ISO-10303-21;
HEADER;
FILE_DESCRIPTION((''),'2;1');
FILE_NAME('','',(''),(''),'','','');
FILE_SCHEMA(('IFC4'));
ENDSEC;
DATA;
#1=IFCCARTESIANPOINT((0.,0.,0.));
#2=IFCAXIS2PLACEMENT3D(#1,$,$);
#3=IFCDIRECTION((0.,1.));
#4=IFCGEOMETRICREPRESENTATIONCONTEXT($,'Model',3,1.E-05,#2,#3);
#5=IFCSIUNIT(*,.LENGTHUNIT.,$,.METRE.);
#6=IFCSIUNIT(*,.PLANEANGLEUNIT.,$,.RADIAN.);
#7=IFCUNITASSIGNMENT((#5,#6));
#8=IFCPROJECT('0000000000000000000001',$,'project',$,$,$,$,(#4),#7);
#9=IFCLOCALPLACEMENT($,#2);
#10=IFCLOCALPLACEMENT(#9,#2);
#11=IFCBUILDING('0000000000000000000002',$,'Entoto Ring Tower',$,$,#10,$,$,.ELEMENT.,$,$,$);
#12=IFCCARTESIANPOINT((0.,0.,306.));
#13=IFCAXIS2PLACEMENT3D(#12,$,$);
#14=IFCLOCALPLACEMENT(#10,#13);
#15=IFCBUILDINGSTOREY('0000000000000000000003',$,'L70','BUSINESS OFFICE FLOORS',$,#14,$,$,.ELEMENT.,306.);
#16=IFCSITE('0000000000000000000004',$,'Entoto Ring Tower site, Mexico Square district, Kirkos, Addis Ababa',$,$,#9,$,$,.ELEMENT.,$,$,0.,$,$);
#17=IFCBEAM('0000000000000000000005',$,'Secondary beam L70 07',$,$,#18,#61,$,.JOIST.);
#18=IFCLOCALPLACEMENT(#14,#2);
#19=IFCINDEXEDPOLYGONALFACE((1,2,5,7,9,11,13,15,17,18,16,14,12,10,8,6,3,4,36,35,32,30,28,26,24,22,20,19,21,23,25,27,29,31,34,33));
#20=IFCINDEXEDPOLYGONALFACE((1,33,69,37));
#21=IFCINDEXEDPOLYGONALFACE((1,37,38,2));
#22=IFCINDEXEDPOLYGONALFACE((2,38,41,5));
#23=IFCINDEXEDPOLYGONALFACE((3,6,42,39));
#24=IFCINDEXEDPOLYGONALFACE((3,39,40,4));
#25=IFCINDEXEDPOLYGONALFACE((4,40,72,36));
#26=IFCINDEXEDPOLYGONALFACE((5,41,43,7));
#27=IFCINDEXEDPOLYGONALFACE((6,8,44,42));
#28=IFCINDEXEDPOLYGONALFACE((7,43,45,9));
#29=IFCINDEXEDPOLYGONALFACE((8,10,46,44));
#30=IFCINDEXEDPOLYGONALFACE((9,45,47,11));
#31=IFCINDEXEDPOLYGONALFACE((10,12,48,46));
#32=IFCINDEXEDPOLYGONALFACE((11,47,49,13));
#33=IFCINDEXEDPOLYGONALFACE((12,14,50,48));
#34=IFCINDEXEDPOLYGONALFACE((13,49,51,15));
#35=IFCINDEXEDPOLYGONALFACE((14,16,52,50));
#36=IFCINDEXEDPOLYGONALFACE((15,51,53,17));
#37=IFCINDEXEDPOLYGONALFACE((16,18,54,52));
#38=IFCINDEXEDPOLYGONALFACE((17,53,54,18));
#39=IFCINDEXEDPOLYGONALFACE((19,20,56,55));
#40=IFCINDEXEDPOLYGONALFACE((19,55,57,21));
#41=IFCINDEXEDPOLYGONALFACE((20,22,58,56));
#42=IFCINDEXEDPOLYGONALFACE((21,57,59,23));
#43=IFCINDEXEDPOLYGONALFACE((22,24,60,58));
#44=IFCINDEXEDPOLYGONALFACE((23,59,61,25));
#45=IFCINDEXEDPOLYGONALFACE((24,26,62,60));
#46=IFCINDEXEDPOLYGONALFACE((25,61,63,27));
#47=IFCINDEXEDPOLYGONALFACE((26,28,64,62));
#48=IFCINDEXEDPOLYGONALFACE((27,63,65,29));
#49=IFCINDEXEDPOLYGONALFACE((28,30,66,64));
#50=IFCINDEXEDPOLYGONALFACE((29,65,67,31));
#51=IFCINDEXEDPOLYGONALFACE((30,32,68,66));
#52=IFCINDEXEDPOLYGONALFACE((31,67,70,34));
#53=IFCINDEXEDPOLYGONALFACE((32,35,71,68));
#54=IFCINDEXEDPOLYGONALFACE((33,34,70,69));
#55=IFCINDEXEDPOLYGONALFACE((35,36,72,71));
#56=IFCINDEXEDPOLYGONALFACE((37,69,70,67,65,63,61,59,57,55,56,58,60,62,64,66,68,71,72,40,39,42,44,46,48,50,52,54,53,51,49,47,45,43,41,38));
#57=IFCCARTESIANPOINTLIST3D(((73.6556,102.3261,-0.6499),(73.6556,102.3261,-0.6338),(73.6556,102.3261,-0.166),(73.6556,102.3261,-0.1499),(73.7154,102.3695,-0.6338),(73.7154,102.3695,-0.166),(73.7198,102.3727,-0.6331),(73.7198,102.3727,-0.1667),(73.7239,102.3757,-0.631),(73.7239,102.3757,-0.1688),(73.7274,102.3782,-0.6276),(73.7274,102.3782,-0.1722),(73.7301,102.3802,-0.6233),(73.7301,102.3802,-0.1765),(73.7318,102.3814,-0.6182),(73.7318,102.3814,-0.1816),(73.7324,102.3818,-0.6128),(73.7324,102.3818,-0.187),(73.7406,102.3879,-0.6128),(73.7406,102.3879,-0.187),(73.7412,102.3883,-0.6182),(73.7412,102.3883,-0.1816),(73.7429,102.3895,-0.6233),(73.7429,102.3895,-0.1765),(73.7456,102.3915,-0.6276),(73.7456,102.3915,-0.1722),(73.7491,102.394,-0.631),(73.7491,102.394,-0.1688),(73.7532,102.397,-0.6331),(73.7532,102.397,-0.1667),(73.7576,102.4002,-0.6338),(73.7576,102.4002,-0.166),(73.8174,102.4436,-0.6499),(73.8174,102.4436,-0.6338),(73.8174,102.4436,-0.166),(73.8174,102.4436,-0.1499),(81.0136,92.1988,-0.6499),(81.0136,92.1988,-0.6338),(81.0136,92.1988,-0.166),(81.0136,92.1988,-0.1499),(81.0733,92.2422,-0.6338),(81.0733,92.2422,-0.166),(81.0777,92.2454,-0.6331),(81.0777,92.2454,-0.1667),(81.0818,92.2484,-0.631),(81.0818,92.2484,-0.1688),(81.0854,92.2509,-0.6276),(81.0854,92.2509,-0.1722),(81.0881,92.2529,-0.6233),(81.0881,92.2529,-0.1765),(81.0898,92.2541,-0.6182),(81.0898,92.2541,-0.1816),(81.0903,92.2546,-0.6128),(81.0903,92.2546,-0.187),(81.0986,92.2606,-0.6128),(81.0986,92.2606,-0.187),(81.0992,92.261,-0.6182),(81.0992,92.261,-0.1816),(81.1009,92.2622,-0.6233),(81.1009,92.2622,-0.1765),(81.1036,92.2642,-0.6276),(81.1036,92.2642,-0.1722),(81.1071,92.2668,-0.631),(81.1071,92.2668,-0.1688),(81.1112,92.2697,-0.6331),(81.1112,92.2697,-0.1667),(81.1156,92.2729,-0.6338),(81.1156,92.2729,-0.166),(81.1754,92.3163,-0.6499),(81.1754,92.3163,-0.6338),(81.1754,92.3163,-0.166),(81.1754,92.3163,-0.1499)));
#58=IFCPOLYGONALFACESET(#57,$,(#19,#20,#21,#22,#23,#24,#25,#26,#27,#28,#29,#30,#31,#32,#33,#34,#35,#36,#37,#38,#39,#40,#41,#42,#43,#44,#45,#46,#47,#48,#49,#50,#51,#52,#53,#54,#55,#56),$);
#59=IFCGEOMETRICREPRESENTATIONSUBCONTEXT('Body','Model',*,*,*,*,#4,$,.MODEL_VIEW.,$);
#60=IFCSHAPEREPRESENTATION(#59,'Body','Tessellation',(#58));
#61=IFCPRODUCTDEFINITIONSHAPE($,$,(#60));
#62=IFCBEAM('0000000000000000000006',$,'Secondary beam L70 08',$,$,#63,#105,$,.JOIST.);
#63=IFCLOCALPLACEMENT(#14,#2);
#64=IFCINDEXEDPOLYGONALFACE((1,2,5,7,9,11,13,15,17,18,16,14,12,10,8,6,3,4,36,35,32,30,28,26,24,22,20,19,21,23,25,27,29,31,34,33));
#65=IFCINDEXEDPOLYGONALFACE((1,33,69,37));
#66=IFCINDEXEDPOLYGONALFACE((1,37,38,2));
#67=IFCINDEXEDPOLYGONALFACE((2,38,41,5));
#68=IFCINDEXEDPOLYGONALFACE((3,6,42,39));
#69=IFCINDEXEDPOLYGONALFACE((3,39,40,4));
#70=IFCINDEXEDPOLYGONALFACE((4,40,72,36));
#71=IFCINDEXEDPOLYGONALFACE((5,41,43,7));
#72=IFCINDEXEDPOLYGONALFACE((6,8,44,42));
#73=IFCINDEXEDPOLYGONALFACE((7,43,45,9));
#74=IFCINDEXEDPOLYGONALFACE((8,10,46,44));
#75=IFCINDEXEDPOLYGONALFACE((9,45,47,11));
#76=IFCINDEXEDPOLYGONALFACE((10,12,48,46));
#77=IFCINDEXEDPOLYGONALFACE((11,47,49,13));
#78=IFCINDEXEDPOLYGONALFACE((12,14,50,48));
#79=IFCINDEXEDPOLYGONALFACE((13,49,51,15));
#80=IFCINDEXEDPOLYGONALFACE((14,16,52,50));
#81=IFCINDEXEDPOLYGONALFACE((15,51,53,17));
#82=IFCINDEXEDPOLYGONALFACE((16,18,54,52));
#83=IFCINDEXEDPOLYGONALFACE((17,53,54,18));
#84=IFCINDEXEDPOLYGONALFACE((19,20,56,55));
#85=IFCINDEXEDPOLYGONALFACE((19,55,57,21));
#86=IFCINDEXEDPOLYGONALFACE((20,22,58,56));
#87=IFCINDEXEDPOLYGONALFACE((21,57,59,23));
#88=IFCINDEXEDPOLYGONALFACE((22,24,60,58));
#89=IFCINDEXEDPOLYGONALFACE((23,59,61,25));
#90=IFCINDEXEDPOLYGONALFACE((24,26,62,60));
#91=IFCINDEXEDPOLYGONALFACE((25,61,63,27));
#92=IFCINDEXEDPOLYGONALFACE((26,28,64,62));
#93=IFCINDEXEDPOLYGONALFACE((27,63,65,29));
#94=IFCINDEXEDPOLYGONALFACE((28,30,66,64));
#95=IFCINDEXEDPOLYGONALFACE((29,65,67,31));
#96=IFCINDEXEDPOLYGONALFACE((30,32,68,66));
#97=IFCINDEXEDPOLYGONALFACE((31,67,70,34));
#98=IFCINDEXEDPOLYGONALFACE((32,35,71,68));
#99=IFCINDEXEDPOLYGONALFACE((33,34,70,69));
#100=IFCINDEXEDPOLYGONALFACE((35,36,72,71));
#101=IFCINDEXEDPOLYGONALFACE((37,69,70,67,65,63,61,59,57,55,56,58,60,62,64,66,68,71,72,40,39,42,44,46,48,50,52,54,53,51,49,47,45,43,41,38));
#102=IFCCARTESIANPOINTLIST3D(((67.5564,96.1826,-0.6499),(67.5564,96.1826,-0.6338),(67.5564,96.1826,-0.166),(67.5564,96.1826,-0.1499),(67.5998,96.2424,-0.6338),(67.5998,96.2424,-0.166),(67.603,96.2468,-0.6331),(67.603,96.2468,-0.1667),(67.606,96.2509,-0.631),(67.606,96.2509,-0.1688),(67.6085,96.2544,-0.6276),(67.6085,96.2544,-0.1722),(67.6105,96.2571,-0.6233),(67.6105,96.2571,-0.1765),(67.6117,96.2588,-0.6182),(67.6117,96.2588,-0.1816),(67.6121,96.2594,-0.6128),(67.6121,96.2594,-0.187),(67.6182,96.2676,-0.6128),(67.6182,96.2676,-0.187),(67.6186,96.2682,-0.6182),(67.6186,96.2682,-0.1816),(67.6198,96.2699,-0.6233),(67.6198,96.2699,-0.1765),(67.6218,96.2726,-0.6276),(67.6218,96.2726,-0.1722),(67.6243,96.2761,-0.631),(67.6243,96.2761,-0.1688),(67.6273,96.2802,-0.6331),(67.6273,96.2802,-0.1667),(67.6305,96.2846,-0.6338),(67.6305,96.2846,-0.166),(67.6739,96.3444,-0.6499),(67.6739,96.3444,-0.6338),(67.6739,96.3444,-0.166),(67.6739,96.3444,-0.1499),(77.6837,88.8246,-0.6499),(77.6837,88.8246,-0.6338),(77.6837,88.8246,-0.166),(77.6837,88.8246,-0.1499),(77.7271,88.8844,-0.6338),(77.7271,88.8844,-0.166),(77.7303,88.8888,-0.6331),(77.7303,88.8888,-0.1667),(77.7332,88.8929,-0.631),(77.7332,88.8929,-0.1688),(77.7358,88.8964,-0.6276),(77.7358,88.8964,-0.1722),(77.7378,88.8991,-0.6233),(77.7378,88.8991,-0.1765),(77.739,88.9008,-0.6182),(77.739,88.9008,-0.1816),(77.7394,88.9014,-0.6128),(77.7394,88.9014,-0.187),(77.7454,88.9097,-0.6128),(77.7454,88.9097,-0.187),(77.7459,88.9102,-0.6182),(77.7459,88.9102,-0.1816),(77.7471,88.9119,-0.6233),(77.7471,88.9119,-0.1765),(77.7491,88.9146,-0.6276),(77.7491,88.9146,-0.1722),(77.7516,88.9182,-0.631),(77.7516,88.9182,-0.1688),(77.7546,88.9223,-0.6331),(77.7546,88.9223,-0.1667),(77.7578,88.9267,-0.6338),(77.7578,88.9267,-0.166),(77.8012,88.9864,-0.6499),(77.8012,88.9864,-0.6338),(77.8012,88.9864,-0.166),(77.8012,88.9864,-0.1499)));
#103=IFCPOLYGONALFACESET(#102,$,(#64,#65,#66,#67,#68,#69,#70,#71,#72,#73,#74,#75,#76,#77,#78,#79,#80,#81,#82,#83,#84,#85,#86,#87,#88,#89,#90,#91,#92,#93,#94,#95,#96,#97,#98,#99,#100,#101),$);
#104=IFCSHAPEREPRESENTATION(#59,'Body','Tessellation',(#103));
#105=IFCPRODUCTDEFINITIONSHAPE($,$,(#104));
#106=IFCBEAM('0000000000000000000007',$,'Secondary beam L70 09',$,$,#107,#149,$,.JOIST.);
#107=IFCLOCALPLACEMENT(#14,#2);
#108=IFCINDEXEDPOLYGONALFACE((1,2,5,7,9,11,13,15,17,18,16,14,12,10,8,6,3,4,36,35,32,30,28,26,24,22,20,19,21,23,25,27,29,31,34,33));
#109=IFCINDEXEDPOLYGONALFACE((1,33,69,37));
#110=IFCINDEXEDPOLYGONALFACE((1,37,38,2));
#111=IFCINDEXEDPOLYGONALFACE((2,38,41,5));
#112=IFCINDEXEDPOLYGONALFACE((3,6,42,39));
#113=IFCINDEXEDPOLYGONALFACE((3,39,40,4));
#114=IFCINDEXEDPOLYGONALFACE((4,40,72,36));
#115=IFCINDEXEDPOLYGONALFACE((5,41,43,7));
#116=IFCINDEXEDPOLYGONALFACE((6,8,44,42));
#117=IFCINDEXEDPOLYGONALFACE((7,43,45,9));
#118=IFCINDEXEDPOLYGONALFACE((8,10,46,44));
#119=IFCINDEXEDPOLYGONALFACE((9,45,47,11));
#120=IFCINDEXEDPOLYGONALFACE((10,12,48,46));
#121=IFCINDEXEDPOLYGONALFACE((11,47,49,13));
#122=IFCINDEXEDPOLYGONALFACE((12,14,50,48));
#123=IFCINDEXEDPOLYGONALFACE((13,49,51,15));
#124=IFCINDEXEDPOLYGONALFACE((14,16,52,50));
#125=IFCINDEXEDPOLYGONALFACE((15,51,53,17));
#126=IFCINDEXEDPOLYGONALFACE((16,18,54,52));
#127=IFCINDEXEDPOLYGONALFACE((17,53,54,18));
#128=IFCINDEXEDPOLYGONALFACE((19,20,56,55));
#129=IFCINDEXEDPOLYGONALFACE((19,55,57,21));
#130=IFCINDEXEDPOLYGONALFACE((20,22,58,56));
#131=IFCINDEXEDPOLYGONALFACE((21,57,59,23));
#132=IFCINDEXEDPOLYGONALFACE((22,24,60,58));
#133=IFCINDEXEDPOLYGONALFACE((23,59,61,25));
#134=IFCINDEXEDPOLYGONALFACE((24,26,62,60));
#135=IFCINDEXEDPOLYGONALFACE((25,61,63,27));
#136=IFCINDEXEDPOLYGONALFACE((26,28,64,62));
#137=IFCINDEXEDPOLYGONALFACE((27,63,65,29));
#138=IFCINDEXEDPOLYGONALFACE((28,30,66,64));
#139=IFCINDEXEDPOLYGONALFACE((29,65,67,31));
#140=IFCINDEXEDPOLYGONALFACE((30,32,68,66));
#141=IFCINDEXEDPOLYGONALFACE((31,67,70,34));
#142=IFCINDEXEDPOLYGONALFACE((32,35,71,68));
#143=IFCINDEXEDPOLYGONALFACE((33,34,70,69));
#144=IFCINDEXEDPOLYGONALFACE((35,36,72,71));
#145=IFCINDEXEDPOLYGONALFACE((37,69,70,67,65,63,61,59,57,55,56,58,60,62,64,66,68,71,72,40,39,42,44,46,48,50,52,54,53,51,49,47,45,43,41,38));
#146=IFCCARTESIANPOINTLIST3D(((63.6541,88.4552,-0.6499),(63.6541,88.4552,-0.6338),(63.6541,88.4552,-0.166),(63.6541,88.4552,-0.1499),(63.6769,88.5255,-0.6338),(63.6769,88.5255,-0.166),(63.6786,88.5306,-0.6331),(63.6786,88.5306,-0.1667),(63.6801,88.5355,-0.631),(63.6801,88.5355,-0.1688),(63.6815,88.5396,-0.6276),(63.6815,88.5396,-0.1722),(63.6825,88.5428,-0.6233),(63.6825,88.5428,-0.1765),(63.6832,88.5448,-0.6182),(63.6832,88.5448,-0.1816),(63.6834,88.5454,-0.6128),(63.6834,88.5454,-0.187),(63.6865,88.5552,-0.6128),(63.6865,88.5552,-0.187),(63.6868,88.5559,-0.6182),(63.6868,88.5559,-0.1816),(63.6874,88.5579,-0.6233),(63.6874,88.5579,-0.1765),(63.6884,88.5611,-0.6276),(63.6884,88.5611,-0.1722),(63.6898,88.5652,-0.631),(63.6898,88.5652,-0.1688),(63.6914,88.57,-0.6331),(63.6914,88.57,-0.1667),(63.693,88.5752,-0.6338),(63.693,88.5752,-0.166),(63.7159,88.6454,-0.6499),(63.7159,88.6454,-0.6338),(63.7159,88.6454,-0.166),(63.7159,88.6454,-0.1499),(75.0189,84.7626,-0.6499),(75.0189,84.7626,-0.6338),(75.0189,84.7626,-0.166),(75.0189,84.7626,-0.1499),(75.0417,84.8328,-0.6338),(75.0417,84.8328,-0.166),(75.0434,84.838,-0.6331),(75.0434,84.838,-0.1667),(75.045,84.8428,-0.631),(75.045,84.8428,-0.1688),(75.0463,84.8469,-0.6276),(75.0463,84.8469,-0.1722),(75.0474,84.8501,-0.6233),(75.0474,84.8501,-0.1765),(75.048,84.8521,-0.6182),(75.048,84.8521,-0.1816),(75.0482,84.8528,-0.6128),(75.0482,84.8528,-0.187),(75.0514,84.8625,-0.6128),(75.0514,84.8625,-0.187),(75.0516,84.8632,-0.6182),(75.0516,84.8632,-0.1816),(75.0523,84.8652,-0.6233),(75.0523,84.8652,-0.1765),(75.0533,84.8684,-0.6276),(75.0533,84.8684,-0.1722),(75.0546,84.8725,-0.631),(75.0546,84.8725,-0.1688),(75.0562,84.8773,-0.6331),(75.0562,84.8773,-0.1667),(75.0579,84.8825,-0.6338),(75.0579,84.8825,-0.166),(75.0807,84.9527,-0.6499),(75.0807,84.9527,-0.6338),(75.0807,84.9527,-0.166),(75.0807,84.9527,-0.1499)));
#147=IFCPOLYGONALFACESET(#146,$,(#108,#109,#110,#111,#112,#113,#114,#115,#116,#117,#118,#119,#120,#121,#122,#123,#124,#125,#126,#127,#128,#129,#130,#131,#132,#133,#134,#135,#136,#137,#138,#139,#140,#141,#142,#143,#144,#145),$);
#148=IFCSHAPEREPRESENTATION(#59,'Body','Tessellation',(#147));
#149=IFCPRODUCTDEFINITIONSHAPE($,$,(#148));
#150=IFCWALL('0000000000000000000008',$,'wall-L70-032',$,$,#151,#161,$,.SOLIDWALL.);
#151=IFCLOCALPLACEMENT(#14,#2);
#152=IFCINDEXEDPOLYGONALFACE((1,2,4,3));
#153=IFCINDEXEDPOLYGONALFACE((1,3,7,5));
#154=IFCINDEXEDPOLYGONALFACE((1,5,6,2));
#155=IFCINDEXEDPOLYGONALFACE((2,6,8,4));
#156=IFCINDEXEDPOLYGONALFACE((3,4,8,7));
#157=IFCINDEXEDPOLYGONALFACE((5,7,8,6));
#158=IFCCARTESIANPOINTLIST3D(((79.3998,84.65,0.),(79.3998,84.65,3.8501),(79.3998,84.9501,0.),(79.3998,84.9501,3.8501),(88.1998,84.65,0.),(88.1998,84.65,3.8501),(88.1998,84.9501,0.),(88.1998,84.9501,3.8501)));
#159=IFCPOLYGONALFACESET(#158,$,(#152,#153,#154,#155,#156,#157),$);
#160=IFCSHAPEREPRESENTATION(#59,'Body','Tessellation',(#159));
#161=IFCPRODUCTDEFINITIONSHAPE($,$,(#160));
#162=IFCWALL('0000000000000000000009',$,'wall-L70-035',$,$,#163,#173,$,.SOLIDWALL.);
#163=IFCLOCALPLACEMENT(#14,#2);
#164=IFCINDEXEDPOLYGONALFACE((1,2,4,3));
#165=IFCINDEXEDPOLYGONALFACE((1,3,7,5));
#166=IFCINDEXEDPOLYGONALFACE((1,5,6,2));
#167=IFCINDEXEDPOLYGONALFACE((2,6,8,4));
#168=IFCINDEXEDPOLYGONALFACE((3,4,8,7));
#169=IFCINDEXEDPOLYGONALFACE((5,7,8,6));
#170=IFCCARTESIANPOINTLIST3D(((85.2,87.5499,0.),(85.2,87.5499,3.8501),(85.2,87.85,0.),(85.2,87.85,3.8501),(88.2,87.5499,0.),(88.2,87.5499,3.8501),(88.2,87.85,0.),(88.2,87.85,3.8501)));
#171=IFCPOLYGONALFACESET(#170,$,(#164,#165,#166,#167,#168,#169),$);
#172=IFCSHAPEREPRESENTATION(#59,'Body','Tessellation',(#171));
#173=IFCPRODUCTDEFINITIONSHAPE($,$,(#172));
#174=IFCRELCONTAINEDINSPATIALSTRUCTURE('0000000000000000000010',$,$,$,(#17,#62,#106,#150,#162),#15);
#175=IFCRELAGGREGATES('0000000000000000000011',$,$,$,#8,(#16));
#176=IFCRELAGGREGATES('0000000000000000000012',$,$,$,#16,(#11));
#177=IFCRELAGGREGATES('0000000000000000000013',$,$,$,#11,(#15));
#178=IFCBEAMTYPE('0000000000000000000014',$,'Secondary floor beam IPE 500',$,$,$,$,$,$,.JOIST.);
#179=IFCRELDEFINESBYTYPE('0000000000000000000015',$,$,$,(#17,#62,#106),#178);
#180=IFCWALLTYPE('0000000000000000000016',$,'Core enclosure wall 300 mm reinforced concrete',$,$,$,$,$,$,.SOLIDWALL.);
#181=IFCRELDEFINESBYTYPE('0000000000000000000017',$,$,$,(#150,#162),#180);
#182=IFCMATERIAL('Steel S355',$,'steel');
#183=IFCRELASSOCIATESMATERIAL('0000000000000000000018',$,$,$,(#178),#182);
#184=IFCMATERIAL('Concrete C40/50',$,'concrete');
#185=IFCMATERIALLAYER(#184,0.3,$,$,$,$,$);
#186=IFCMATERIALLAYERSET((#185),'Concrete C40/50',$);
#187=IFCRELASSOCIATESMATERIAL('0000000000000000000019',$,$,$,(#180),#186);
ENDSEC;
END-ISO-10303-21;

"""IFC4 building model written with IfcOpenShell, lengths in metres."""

from ifc_helpers import new_model, si_unit, direction, frame, frame_2d, origin, origin_2d, place, context, subcontext, project, spatial, rectangle, i_section, extrude, material, layer, layer_set, material_profile, profile_set, type_object, element, save


model = new_model("IFC4")

# Units and contexts
model_context = context("Model", 3, precision=1e-05, world=origin(), true_north=direction((0.0, 1.0)))
body_context = subcontext(model_context, "Body", "Model", "MODEL_VIEW")
ifc_project = project(units=[si_unit("LENGTHUNIT", "METRE"), si_unit("PLANEANGLEUNIT", "RADIAN")], contexts=[model_context])

# Site, building, storey
site_placement = place(None, origin())
site = spatial("IfcSite", under=ifc_project, at=site_placement, Name="Entoto Ring Tower site, Mexico Square district, Kirkos, Addis Ababa", CompositionType="ELEMENT", RefElevation=0.0)
building_placement = place(site_placement, origin())
building = spatial("IfcBuilding", under=site, at=building_placement, Name="Entoto Ring Tower", CompositionType="ELEMENT")
storey_placement = place(building_placement, frame((0.0, 0.0, 306.0)))
storey = spatial("IfcBuildingStorey", under=building, at=storey_placement, Name="L70", Description="BUSINESS OFFICE FLOORS", CompositionType="ELEMENT", Elevation=306.0)

# Beams
ifc_material_1 = material(Name="Steel S355", Category="steel")
ifc_material_profile_1 = material_profile(ifc_material_1, i_section(OverallWidth=0.2, OverallDepth=0.5, WebThickness=0.0103, FlangeThickness=0.0161, FilletRadius=0.021, at=origin_2d()), Name="IPE 500")
ifc_profile_set_1 = profile_set([ifc_material_profile_1], Name="Steel S355")
beam_type_1 = type_object("IfcBeamType", Name="Secondary floor beam IPE 500", PredefinedType="JOIST", material=ifc_profile_set_1)
for number, where, z_axis, x_axis, name in (
    (1, (81.0945, 92.2576, -0.3999), (-0.587789, 0.809014, 0.0), (-0.809014, -0.587789, 0.0), "Secondary beam L70 07"),
    (2, (77.7424, 88.9055, -0.3999), (-0.809014, 0.587789, 0.0), (-0.587789, -0.809014, 0.0), "Secondary beam L70 08"),
):
    element("IfcBeam", number, at=place(storey_placement, frame(where, z_axis=z_axis, x_axis=x_axis)), inside=storey, type_object=beam_type_1, Name=name, PredefinedType="JOIST", context=body_context, shape_type="SweptSolid", body=[
        extrude(i_section(OverallWidth=0.2, OverallDepth=0.5, WebThickness=0.0103, FlangeThickness=0.0161, FilletRadius=0.021, at=origin_2d()), origin(), (0.0, 0.0, 1.0), 12.5181),
    ])
beam_1_placement = place(storey_placement, frame((75.0498, 84.8577, -0.3999), z_axis=(-0.951057, 0.309017, 0.0), x_axis=(-0.309017, -0.951057, 0.0)))
element("IfcBeam", 3, at=beam_1_placement, inside=storey, type_object=beam_type_1, Name="Secondary beam L70 09", PredefinedType="JOIST", context=body_context, shape_type="SweptSolid", body=[
    extrude(i_section(OverallWidth=0.2, OverallDepth=0.5, WebThickness=0.0103, FlangeThickness=0.0161, FilletRadius=0.021, at=origin_2d()), origin(), (0.0, 0.0, 1.0), 11.9497),
])

# Walls
ifc_material_2 = material(Name="Concrete C40/50", Category="concrete")
ifc_layer_1 = layer(ifc_material_2, 0.3)
ifc_layer_set_1 = layer_set([ifc_layer_1], Name="Concrete C40/50")
wall_type_1 = type_object("IfcWallType", Name="Core enclosure wall 300 mm reinforced concrete", PredefinedType="SOLIDWALL", material=ifc_layer_set_1)
wall_1_placement = place(storey_placement, frame((79.3999, 84.8, 0.0), z_axis=(0.0, 0.0, 1.0), x_axis=(1.0, 0.0, 0.0)))
element("IfcWall", 4, at=wall_1_placement, inside=storey, type_object=wall_type_1, Name="wall-L70-032", PredefinedType="SOLIDWALL", context=body_context, shape_type="SweptSolid", body=[
    extrude(rectangle(XDim=8.8, YDim=0.3, at=frame_2d((4.3999, 0.0))), origin(), (0.0, 0.0, 1.0), 3.8501),
])
wall_2_placement = place(storey_placement, frame((85.2, 87.7, 0.0), z_axis=(0.0, 0.0, 1.0), x_axis=(1.0, 0.0, 0.0)))
element("IfcWall", 5, at=wall_2_placement, inside=storey, type_object=wall_type_1, Name="wall-L70-035", PredefinedType="SOLIDWALL", context=body_context, shape_type="SweptSolid", body=[
    extrude(rectangle(XDim=3.0, YDim=0.3, at=frame_2d((1.5, 0.0))), origin(), (0.0, 0.0, 1.0), 3.8501),
])

save(model, "model.ifc")
